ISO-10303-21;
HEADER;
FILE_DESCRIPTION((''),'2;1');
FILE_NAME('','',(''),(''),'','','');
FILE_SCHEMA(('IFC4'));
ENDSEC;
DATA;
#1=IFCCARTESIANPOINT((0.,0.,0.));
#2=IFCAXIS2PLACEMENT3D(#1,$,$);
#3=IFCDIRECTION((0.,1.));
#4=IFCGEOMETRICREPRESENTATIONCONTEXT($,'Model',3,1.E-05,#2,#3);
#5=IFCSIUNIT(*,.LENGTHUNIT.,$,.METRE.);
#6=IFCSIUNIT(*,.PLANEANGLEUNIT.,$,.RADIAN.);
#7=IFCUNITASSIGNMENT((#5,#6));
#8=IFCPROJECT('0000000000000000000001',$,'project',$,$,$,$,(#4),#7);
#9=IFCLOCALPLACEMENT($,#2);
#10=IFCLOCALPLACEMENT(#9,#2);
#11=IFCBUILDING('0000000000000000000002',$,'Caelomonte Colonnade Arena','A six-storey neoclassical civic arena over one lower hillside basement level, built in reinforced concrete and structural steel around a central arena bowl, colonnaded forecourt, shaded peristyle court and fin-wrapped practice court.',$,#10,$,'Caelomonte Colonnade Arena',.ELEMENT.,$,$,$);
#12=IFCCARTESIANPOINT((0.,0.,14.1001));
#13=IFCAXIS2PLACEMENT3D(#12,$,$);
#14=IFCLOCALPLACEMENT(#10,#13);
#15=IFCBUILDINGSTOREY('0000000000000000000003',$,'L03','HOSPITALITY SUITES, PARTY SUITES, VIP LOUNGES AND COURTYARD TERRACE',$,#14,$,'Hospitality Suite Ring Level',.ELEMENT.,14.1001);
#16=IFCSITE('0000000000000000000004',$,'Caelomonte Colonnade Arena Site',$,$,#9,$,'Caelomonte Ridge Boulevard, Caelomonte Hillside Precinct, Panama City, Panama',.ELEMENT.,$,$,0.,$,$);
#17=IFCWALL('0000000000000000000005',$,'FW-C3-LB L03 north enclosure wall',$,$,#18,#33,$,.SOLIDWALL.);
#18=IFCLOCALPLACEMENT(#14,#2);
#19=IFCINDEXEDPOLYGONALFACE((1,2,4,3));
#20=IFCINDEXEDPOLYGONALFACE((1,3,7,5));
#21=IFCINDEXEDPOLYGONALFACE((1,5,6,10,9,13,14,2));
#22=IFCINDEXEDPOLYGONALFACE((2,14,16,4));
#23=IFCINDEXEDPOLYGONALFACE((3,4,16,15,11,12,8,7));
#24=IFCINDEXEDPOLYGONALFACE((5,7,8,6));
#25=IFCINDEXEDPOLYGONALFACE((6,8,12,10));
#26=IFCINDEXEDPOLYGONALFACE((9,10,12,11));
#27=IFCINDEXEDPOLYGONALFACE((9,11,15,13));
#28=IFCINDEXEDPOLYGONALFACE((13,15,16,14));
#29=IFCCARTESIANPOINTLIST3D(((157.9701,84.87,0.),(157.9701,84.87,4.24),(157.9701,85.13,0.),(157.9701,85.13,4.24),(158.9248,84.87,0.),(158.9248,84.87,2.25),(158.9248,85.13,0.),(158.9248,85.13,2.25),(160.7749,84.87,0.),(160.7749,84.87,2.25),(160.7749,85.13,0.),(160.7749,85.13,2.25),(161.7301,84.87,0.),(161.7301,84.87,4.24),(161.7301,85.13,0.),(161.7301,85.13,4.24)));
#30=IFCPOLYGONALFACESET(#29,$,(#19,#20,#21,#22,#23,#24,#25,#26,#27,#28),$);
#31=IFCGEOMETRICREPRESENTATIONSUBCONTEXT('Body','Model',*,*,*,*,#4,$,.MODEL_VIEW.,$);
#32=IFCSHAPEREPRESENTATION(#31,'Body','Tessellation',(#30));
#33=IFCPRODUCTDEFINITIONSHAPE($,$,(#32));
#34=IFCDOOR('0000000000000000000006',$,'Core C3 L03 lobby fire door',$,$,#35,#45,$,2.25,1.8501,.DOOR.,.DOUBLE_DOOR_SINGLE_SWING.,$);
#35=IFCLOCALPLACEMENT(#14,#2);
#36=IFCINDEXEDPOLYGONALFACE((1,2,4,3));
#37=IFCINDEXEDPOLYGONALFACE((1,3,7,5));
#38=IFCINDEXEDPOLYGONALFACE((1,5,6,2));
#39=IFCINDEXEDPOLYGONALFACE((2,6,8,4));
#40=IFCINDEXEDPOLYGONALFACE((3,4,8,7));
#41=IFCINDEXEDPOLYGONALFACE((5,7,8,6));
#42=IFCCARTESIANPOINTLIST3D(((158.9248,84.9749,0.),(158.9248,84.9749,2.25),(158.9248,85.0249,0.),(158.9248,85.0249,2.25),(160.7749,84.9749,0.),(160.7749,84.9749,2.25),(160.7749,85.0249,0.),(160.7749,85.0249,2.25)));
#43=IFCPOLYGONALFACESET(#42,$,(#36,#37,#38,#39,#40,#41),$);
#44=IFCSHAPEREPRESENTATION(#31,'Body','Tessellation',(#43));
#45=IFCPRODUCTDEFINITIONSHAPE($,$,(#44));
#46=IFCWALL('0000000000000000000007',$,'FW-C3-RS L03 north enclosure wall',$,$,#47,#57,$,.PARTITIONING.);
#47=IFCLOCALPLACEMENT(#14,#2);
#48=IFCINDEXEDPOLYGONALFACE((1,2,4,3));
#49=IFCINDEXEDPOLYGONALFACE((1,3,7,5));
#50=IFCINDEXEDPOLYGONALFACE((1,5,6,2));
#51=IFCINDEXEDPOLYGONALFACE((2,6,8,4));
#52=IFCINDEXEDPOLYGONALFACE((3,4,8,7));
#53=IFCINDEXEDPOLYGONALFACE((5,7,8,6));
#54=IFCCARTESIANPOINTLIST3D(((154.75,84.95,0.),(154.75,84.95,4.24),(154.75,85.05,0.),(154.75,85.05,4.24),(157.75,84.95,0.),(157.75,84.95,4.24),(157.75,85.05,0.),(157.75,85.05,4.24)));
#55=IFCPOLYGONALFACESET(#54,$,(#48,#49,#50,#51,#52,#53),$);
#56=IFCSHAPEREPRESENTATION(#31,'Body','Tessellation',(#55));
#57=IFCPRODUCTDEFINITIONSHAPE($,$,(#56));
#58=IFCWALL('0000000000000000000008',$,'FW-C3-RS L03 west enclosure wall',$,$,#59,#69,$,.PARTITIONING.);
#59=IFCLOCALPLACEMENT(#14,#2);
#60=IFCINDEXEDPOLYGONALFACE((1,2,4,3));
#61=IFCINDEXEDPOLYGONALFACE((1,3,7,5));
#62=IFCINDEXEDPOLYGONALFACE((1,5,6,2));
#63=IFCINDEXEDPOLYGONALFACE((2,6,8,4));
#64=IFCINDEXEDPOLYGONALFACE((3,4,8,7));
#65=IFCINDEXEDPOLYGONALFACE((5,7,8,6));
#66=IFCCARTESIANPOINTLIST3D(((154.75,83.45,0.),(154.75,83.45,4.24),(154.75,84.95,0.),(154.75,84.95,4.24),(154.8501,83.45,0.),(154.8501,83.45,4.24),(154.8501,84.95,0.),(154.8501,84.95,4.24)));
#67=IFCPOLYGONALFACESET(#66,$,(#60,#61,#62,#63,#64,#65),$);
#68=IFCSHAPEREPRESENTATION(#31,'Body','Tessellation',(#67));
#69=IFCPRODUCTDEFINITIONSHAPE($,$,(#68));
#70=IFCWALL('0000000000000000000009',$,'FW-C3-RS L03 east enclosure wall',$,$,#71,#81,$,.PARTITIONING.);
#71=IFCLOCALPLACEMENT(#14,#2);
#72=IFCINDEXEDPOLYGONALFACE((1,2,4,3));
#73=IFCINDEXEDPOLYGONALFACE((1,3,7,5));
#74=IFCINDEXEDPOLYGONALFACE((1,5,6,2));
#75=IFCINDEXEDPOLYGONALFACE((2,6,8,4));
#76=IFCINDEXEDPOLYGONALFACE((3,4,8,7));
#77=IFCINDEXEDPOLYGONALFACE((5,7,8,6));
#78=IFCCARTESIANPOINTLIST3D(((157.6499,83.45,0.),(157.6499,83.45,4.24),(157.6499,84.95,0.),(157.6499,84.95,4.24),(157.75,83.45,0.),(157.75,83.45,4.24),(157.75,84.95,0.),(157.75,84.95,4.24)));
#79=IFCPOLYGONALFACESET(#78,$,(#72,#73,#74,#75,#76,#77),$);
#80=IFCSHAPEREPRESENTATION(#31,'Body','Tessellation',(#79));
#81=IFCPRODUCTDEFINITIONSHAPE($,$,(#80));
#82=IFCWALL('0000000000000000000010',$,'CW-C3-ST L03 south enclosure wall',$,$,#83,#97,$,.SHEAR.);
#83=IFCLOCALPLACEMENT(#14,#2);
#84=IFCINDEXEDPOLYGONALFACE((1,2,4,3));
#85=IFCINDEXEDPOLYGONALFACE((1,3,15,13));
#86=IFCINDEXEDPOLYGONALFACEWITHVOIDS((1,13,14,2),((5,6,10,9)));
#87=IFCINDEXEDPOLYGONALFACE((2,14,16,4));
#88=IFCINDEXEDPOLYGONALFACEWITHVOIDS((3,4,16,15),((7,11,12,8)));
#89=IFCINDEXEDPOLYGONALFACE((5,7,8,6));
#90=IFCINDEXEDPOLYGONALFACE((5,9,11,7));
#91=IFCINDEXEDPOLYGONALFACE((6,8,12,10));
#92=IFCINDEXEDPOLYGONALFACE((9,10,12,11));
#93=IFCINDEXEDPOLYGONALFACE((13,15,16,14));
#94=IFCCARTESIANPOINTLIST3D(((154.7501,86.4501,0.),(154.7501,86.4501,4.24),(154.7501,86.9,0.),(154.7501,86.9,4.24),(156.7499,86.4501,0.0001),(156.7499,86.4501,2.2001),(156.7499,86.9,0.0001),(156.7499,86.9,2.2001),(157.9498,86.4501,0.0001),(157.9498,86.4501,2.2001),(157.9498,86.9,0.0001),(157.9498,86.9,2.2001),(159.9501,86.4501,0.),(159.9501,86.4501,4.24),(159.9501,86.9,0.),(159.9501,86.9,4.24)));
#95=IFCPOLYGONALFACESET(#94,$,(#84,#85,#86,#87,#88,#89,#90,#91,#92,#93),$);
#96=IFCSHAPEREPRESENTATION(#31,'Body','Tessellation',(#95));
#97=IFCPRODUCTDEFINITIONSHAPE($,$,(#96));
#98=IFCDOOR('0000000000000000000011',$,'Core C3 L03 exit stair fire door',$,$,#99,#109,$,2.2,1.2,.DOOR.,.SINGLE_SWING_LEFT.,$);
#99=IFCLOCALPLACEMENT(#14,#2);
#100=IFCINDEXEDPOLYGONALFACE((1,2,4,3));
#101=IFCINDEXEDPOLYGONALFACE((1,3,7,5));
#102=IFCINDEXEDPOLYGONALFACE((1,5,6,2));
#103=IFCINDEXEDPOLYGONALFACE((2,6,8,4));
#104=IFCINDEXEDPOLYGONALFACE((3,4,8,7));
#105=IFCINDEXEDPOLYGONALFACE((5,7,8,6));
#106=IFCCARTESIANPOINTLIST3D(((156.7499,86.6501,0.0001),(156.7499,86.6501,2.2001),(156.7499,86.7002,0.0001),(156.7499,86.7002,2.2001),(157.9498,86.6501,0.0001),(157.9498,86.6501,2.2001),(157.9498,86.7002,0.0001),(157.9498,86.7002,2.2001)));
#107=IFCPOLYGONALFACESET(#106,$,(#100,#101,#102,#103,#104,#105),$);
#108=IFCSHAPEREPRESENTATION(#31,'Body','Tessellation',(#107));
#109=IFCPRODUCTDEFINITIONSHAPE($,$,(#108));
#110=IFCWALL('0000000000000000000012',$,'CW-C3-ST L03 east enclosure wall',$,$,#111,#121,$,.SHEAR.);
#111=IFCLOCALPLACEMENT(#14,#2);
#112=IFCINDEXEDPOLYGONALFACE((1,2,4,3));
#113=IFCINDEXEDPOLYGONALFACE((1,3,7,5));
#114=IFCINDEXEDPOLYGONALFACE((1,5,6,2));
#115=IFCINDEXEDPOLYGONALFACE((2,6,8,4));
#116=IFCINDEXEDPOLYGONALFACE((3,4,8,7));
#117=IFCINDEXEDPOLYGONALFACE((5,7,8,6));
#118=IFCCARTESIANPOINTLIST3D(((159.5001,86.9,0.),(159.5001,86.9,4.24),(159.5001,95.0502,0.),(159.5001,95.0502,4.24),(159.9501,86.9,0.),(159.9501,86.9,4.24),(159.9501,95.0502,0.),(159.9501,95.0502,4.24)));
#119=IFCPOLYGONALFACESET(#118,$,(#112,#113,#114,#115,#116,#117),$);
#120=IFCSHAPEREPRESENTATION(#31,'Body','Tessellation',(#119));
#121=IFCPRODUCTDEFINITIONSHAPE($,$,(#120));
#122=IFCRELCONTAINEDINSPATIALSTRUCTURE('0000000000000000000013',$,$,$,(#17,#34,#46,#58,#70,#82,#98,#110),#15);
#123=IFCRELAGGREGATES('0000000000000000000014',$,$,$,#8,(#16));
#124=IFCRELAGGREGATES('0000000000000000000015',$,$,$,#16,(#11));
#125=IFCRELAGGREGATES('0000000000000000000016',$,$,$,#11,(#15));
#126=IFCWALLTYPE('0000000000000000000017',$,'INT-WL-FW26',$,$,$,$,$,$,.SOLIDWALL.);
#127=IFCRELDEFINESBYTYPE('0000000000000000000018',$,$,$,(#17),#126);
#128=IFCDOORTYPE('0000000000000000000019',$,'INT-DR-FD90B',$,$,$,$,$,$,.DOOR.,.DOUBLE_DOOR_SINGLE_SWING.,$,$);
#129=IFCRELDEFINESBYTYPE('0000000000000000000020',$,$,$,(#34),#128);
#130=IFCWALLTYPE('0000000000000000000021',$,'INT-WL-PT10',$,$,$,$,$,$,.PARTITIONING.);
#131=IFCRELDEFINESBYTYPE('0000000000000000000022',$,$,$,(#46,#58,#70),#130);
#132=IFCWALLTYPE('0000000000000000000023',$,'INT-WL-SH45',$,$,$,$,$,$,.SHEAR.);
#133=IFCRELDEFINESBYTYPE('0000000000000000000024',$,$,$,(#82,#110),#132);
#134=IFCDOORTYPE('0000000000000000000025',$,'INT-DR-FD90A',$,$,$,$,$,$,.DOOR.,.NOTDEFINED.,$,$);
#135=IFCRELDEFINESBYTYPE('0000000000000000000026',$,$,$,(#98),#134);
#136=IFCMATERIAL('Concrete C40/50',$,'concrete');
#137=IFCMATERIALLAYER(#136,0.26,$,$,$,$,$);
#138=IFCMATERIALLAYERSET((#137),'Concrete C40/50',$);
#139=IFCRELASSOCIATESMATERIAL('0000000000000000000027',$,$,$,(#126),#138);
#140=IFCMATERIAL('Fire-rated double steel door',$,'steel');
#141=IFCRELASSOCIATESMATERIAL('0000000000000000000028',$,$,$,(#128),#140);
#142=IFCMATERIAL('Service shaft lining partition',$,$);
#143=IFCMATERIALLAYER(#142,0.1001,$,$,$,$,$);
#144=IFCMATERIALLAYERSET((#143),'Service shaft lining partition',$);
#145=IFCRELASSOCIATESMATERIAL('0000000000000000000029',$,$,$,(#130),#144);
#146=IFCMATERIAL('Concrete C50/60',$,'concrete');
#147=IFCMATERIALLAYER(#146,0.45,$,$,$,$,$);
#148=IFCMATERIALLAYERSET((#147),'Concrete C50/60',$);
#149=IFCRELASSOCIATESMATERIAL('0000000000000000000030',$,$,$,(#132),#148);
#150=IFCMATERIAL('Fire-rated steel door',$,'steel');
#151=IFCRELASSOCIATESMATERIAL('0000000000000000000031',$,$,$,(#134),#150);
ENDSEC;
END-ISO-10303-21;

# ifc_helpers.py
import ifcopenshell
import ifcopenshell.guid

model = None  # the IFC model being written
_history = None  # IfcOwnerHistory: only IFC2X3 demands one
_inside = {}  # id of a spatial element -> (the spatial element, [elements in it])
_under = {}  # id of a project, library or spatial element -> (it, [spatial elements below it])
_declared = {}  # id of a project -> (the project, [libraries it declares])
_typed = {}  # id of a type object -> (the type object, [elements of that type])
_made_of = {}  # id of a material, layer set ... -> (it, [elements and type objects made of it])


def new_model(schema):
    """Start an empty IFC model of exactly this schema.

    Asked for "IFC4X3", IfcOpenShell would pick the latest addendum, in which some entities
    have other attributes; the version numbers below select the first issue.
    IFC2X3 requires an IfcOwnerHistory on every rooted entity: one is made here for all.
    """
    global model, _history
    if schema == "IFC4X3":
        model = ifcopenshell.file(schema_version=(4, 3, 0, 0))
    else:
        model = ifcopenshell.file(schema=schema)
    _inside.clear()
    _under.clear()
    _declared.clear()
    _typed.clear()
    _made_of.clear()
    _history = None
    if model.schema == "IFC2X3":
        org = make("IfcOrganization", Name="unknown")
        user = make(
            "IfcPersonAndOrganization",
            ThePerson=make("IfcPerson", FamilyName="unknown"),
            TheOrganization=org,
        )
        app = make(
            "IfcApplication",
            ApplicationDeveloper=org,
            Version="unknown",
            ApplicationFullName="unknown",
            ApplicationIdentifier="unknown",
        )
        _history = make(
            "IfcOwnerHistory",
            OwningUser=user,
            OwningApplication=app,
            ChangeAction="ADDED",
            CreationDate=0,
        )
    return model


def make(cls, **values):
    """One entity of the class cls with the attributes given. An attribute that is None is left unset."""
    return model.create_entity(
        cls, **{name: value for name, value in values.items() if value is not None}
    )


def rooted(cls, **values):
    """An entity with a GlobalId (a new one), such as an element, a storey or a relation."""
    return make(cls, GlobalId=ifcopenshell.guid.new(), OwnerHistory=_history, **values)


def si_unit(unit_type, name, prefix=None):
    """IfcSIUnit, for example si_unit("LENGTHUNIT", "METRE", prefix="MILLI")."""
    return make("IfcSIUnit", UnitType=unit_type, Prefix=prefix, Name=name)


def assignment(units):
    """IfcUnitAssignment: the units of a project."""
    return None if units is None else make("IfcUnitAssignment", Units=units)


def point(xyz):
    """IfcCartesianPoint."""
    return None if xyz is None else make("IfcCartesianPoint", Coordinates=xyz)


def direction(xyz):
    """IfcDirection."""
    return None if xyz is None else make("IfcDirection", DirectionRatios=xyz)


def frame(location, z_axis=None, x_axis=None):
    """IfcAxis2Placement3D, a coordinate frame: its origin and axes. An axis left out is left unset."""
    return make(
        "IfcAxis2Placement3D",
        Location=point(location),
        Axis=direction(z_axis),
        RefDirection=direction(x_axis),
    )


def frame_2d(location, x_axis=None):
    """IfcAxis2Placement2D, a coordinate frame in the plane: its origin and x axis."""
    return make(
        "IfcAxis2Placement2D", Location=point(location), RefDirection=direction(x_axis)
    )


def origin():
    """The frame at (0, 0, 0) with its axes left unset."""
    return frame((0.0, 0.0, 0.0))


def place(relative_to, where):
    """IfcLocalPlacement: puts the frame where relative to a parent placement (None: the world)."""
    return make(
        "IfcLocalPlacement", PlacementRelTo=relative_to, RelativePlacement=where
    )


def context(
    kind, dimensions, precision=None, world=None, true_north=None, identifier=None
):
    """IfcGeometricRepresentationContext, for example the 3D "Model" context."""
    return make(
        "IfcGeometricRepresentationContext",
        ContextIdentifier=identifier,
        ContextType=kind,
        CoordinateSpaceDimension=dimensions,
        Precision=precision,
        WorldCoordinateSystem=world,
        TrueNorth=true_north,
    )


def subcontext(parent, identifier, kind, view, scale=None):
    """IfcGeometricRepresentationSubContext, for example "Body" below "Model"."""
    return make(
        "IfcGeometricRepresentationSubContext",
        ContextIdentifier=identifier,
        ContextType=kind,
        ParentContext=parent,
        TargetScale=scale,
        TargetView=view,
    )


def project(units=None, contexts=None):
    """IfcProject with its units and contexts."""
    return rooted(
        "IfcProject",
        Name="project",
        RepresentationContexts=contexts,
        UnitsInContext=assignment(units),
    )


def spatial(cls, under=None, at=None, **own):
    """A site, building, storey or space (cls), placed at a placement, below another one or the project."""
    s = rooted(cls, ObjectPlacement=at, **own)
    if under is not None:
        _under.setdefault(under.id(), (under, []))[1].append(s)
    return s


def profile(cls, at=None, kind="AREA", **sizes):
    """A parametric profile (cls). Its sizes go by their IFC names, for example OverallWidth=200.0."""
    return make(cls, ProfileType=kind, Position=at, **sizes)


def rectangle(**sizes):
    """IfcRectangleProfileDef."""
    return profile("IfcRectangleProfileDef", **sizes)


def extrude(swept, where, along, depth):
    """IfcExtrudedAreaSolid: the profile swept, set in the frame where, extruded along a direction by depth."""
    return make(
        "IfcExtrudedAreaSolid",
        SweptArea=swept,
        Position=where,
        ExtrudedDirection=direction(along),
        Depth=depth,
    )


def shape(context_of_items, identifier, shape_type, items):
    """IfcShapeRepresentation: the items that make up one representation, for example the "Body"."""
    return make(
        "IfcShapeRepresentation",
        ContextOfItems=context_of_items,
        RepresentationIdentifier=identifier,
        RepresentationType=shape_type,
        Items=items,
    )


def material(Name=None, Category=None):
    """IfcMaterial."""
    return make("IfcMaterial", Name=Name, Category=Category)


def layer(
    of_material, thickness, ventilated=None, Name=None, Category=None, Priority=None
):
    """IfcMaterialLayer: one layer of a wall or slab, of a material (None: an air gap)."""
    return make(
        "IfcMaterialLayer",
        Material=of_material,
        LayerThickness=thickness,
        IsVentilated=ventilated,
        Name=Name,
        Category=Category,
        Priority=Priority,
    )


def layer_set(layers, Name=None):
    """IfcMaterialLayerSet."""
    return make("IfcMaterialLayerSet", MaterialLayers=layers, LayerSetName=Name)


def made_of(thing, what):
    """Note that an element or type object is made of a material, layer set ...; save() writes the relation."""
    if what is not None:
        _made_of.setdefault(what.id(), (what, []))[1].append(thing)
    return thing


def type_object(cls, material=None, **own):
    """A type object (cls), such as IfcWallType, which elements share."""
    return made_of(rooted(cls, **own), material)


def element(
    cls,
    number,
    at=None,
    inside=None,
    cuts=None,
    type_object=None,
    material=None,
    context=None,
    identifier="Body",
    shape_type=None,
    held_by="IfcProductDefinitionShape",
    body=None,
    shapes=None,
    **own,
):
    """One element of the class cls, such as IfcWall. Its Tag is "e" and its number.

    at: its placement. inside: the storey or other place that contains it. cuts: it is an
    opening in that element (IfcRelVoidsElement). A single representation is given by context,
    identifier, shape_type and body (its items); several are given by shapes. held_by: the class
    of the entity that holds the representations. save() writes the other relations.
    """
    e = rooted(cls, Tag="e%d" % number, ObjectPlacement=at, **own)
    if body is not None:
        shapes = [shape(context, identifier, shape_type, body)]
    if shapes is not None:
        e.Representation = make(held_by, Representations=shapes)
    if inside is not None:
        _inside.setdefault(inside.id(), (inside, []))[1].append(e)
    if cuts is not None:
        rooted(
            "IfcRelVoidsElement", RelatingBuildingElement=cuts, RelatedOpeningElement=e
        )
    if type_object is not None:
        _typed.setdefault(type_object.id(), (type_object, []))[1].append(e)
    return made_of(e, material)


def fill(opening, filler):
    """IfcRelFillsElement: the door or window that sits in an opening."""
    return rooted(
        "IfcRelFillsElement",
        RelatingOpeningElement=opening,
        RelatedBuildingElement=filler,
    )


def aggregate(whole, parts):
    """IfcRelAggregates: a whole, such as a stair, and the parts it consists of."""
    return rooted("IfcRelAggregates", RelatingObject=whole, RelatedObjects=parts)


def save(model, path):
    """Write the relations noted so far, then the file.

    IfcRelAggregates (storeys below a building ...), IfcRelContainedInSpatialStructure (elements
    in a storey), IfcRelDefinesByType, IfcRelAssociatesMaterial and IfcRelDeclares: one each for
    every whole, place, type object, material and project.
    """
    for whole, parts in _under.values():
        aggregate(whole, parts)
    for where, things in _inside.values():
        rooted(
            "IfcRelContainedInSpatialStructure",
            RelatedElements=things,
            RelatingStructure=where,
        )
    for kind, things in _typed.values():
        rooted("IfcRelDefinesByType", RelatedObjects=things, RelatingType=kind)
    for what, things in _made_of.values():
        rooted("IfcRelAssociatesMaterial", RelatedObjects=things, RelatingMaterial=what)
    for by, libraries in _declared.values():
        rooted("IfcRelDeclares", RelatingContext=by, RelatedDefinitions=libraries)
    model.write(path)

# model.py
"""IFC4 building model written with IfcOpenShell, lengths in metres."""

from ifc_helpers import new_model, si_unit, direction, frame, frame_2d, origin, place, context, subcontext, project, spatial, rectangle, extrude, material, layer, layer_set, type_object, element, fill, save


model = new_model("IFC4")

# Units and contexts
model_context = context("Model", 3, precision=1e-05, world=origin(), true_north=direction((0.0, 1.0)))
body_context = subcontext(model_context, "Body", "Model", "MODEL_VIEW")
ifc_project = project(units=[si_unit("LENGTHUNIT", "METRE"), si_unit("PLANEANGLEUNIT", "RADIAN")], contexts=[model_context])

# Site, building, storey
site_placement = place(None, origin())
site = spatial("IfcSite", under=ifc_project, at=site_placement, Name="Caelomonte Colonnade Arena Site", LongName="Caelomonte Ridge Boulevard, Caelomonte Hillside Precinct, Panama City, Panama", CompositionType="ELEMENT", RefElevation=0.0)
building_placement = place(site_placement, origin())
building = spatial("IfcBuilding", under=site, at=building_placement, Name="Caelomonte Colonnade Arena", Description="A six-storey neoclassical civic arena over one lower hillside basement level, built in reinforced concrete and structural steel around a central arena bowl, colonnaded forecourt, shaded peristyle court and fin-wrapped practice court.", LongName="Caelomonte Colonnade Arena", CompositionType="ELEMENT")
storey_placement = place(building_placement, frame((0.0, 0.0, 14.1001)))
storey = spatial("IfcBuildingStorey", under=building, at=storey_placement, Name="L03", Description="HOSPITALITY SUITES, PARTY SUITES, VIP LOUNGES AND COURTYARD TERRACE", LongName="Hospitality Suite Ring Level", CompositionType="ELEMENT", Elevation=14.1001)

# Shared definitions
ifc_material_1 = material(Name="Concrete C40/50", Category="concrete")

# Wall, opening, door
ifc_layer_1 = layer(ifc_material_1, 0.26)
ifc_layer_set_1 = layer_set([ifc_layer_1], Name="Concrete C40/50")
wall_type_1 = type_object("IfcWallType", Name="INT-WL-FW26", PredefinedType="SOLIDWALL", material=ifc_layer_set_1)
wall_1_placement = place(storey_placement, frame((161.73, 85.0, 0.0), z_axis=(0.0, 0.0, 1.0), x_axis=(-1.0, 0.0, 0.0)))
wall_1 = element("IfcWall", 1, at=wall_1_placement, inside=storey, type_object=wall_type_1, Name="FW-C3-LB L03 north enclosure wall", PredefinedType="SOLIDWALL", context=body_context, shape_type="SweptSolid", body=[
    extrude(rectangle(XDim=3.76, YDim=0.26, at=frame_2d((1.8799, 0.0))), origin(), (0.0, 0.0, 1.0), 4.24),
])
opening_1_placement = place(wall_1_placement, frame((2.8052, 0.0, 0.0), z_axis=(0.0, 0.0, 1.0), x_axis=(-1.0, 0.0, 0.0)))
opening_1 = element("IfcOpeningElement", 2, at=opening_1_placement, cuts=wall_1, PredefinedType="OPENING", context=body_context, shape_type="SweptSolid", body=[
    extrude(rectangle(XDim=1.8501, YDim=2.25, at=frame_2d((0.925, 1.125))), frame((0.0, 0.1399, 0.0), z_axis=(0.0, -1.0, 0.0), x_axis=(1.0, 0.0, 0.0)), (0.0, 0.0, 1.0), 0.28),
])
ifc_material_2 = material(Name="Fire-rated double steel door", Category="steel")
door_type_1 = type_object("IfcDoorType", Name="INT-DR-FD90B", OperationType="DOUBLE_DOOR_SINGLE_SWING", PredefinedType="DOOR", material=ifc_material_2)
door_1_placement = place(opening_1_placement, origin())
door_1 = element("IfcDoor", 3, at=door_1_placement, inside=storey, type_object=door_type_1, Name="Core C3 L03 lobby fire door", OperationType="DOUBLE_DOOR_SINGLE_SWING", OverallHeight=2.25, OverallWidth=1.8501, PredefinedType="DOOR", context=body_context, shape_type="SweptSolid", body=[
    extrude(rectangle(XDim=1.8501, YDim=2.25, at=frame_2d((0.925, 1.125))), frame((0.0, 0.0249, 0.0), z_axis=(0.0, -1.0, 0.0), x_axis=(1.0, 0.0, 0.0)), (0.0, 0.0, 1.0), 0.05),
])
fill(opening_1, door_1)

# Walls
ifc_material_3 = material(Name="Service shaft lining partition")
ifc_layer_2 = layer(ifc_material_3, 0.1001)
ifc_layer_set_2 = layer_set([ifc_layer_2], Name="Service shaft lining partition")
wall_type_2 = type_object("IfcWallType", Name="INT-WL-PT10", PredefinedType="PARTITIONING", material=ifc_layer_set_2)
wall_2_placement = place(storey_placement, frame((157.75, 85.0, 0.0), z_axis=(0.0, 0.0, 1.0), x_axis=(-1.0, 0.0, 0.0)))
element("IfcWall", 4, at=wall_2_placement, inside=storey, type_object=wall_type_2, Name="FW-C3-RS L03 north enclosure wall", PredefinedType="PARTITIONING", context=body_context, shape_type="SweptSolid", body=[
    extrude(rectangle(XDim=3.0, YDim=0.1001, at=frame_2d((1.5, 0.0))), origin(), (0.0, 0.0, 1.0), 4.24),
])
for number, where, z_axis, x_axis, name in (
    (5, (154.8, 84.95, 0.0), (0.0, 0.0, 1.0), (0.0, -1.0, 0.0), "FW-C3-RS L03 west enclosure wall"),
    (6, (157.7, 83.45, 0.0), (0.0, 0.0, 1.0), (0.0, 1.0, 0.0), "FW-C3-RS L03 east enclosure wall"),
):
    element("IfcWall", number, at=place(storey_placement, frame(where, z_axis=z_axis, x_axis=x_axis)), inside=storey, type_object=wall_type_2, Name=name, PredefinedType="PARTITIONING", context=body_context, shape_type="SweptSolid", body=[
        extrude(rectangle(XDim=1.5, YDim=0.1001, at=frame_2d((0.75, 0.0))), origin(), (0.0, 0.0, 1.0), 4.24),
    ])

# Wall, opening, door
ifc_material_4 = material(Name="Concrete C50/60", Category="concrete")
ifc_layer_3 = layer(ifc_material_4, 0.45)
ifc_layer_set_3 = layer_set([ifc_layer_3], Name="Concrete C50/60")
wall_type_3 = type_object("IfcWallType", Name="INT-WL-SH45", PredefinedType="SHEAR", material=ifc_layer_set_3)
wall_3_placement = place(storey_placement, frame((154.75, 86.675, 0.0), z_axis=(0.0, 0.0, 1.0), x_axis=(1.0, 0.0, 0.0)))
wall_3 = element("IfcWall", 7, at=wall_3_placement, inside=storey, type_object=wall_type_3, Name="CW-C3-ST L03 south enclosure wall", PredefinedType="SHEAR", context=body_context, shape_type="SweptSolid", body=[
    extrude(rectangle(XDim=5.2, YDim=0.45, at=frame_2d((2.6001, 0.0))), origin(), (0.0, 0.0, 1.0), 4.24),
])
opening_2_placement = place(wall_3_placement, frame((3.2, 0.0, 0.0), z_axis=(0.0, 0.0, 1.0), x_axis=(-1.0, 0.0, 0.0)))
opening_2 = element("IfcOpeningElement", 8, at=opening_2_placement, cuts=wall_3, PredefinedType="OPENING", context=body_context, shape_type="SweptSolid", body=[
    extrude(rectangle(XDim=1.2, YDim=2.2, at=frame_2d((0.6001, 1.1001))), frame((0.0, 0.2349, 0.0), z_axis=(0.0, -1.0, 0.0), x_axis=(1.0, 0.0, 0.0)), (0.0, 0.0, 1.0), 0.47),
])
ifc_material_5 = material(Name="Fire-rated steel door", Category="steel")
door_type_2 = type_object("IfcDoorType", Name="INT-DR-FD90A", OperationType="NOTDEFINED", PredefinedType="DOOR", material=ifc_material_5)
door_2_placement = place(opening_2_placement, origin())
door_2 = element("IfcDoor", 9, at=door_2_placement, inside=storey, type_object=door_type_2, Name="Core C3 L03 exit stair fire door", OperationType="SINGLE_SWING_LEFT", OverallHeight=2.2, OverallWidth=1.2, PredefinedType="DOOR", context=body_context, shape_type="SweptSolid", body=[
    extrude(rectangle(XDim=1.2, YDim=2.2, at=frame_2d((0.6001, 1.1001))), frame((0.0, 0.0249, 0.0), z_axis=(0.0, -1.0, 0.0), x_axis=(1.0, 0.0, 0.0)), (0.0, 0.0, 1.0), 0.05),
])
fill(opening_2, door_2)

# Wall
wall_4_placement = place(storey_placement, frame((159.7251, 86.8999, 0.0), z_axis=(0.0, 0.0, 1.0), x_axis=(0.0, 1.0, 0.0)))
element("IfcWall", 10, at=wall_4_placement, inside=storey, type_object=wall_type_3, Name="CW-C3-ST L03 east enclosure wall", PredefinedType="SHEAR", context=body_context, shape_type="SweptSolid", body=[
    extrude(rectangle(XDim=8.1501, YDim=0.45, at=frame_2d((4.0752, 0.0))), origin(), (0.0, 0.0, 1.0), 4.24),
])

save(model, "model.ifc")
